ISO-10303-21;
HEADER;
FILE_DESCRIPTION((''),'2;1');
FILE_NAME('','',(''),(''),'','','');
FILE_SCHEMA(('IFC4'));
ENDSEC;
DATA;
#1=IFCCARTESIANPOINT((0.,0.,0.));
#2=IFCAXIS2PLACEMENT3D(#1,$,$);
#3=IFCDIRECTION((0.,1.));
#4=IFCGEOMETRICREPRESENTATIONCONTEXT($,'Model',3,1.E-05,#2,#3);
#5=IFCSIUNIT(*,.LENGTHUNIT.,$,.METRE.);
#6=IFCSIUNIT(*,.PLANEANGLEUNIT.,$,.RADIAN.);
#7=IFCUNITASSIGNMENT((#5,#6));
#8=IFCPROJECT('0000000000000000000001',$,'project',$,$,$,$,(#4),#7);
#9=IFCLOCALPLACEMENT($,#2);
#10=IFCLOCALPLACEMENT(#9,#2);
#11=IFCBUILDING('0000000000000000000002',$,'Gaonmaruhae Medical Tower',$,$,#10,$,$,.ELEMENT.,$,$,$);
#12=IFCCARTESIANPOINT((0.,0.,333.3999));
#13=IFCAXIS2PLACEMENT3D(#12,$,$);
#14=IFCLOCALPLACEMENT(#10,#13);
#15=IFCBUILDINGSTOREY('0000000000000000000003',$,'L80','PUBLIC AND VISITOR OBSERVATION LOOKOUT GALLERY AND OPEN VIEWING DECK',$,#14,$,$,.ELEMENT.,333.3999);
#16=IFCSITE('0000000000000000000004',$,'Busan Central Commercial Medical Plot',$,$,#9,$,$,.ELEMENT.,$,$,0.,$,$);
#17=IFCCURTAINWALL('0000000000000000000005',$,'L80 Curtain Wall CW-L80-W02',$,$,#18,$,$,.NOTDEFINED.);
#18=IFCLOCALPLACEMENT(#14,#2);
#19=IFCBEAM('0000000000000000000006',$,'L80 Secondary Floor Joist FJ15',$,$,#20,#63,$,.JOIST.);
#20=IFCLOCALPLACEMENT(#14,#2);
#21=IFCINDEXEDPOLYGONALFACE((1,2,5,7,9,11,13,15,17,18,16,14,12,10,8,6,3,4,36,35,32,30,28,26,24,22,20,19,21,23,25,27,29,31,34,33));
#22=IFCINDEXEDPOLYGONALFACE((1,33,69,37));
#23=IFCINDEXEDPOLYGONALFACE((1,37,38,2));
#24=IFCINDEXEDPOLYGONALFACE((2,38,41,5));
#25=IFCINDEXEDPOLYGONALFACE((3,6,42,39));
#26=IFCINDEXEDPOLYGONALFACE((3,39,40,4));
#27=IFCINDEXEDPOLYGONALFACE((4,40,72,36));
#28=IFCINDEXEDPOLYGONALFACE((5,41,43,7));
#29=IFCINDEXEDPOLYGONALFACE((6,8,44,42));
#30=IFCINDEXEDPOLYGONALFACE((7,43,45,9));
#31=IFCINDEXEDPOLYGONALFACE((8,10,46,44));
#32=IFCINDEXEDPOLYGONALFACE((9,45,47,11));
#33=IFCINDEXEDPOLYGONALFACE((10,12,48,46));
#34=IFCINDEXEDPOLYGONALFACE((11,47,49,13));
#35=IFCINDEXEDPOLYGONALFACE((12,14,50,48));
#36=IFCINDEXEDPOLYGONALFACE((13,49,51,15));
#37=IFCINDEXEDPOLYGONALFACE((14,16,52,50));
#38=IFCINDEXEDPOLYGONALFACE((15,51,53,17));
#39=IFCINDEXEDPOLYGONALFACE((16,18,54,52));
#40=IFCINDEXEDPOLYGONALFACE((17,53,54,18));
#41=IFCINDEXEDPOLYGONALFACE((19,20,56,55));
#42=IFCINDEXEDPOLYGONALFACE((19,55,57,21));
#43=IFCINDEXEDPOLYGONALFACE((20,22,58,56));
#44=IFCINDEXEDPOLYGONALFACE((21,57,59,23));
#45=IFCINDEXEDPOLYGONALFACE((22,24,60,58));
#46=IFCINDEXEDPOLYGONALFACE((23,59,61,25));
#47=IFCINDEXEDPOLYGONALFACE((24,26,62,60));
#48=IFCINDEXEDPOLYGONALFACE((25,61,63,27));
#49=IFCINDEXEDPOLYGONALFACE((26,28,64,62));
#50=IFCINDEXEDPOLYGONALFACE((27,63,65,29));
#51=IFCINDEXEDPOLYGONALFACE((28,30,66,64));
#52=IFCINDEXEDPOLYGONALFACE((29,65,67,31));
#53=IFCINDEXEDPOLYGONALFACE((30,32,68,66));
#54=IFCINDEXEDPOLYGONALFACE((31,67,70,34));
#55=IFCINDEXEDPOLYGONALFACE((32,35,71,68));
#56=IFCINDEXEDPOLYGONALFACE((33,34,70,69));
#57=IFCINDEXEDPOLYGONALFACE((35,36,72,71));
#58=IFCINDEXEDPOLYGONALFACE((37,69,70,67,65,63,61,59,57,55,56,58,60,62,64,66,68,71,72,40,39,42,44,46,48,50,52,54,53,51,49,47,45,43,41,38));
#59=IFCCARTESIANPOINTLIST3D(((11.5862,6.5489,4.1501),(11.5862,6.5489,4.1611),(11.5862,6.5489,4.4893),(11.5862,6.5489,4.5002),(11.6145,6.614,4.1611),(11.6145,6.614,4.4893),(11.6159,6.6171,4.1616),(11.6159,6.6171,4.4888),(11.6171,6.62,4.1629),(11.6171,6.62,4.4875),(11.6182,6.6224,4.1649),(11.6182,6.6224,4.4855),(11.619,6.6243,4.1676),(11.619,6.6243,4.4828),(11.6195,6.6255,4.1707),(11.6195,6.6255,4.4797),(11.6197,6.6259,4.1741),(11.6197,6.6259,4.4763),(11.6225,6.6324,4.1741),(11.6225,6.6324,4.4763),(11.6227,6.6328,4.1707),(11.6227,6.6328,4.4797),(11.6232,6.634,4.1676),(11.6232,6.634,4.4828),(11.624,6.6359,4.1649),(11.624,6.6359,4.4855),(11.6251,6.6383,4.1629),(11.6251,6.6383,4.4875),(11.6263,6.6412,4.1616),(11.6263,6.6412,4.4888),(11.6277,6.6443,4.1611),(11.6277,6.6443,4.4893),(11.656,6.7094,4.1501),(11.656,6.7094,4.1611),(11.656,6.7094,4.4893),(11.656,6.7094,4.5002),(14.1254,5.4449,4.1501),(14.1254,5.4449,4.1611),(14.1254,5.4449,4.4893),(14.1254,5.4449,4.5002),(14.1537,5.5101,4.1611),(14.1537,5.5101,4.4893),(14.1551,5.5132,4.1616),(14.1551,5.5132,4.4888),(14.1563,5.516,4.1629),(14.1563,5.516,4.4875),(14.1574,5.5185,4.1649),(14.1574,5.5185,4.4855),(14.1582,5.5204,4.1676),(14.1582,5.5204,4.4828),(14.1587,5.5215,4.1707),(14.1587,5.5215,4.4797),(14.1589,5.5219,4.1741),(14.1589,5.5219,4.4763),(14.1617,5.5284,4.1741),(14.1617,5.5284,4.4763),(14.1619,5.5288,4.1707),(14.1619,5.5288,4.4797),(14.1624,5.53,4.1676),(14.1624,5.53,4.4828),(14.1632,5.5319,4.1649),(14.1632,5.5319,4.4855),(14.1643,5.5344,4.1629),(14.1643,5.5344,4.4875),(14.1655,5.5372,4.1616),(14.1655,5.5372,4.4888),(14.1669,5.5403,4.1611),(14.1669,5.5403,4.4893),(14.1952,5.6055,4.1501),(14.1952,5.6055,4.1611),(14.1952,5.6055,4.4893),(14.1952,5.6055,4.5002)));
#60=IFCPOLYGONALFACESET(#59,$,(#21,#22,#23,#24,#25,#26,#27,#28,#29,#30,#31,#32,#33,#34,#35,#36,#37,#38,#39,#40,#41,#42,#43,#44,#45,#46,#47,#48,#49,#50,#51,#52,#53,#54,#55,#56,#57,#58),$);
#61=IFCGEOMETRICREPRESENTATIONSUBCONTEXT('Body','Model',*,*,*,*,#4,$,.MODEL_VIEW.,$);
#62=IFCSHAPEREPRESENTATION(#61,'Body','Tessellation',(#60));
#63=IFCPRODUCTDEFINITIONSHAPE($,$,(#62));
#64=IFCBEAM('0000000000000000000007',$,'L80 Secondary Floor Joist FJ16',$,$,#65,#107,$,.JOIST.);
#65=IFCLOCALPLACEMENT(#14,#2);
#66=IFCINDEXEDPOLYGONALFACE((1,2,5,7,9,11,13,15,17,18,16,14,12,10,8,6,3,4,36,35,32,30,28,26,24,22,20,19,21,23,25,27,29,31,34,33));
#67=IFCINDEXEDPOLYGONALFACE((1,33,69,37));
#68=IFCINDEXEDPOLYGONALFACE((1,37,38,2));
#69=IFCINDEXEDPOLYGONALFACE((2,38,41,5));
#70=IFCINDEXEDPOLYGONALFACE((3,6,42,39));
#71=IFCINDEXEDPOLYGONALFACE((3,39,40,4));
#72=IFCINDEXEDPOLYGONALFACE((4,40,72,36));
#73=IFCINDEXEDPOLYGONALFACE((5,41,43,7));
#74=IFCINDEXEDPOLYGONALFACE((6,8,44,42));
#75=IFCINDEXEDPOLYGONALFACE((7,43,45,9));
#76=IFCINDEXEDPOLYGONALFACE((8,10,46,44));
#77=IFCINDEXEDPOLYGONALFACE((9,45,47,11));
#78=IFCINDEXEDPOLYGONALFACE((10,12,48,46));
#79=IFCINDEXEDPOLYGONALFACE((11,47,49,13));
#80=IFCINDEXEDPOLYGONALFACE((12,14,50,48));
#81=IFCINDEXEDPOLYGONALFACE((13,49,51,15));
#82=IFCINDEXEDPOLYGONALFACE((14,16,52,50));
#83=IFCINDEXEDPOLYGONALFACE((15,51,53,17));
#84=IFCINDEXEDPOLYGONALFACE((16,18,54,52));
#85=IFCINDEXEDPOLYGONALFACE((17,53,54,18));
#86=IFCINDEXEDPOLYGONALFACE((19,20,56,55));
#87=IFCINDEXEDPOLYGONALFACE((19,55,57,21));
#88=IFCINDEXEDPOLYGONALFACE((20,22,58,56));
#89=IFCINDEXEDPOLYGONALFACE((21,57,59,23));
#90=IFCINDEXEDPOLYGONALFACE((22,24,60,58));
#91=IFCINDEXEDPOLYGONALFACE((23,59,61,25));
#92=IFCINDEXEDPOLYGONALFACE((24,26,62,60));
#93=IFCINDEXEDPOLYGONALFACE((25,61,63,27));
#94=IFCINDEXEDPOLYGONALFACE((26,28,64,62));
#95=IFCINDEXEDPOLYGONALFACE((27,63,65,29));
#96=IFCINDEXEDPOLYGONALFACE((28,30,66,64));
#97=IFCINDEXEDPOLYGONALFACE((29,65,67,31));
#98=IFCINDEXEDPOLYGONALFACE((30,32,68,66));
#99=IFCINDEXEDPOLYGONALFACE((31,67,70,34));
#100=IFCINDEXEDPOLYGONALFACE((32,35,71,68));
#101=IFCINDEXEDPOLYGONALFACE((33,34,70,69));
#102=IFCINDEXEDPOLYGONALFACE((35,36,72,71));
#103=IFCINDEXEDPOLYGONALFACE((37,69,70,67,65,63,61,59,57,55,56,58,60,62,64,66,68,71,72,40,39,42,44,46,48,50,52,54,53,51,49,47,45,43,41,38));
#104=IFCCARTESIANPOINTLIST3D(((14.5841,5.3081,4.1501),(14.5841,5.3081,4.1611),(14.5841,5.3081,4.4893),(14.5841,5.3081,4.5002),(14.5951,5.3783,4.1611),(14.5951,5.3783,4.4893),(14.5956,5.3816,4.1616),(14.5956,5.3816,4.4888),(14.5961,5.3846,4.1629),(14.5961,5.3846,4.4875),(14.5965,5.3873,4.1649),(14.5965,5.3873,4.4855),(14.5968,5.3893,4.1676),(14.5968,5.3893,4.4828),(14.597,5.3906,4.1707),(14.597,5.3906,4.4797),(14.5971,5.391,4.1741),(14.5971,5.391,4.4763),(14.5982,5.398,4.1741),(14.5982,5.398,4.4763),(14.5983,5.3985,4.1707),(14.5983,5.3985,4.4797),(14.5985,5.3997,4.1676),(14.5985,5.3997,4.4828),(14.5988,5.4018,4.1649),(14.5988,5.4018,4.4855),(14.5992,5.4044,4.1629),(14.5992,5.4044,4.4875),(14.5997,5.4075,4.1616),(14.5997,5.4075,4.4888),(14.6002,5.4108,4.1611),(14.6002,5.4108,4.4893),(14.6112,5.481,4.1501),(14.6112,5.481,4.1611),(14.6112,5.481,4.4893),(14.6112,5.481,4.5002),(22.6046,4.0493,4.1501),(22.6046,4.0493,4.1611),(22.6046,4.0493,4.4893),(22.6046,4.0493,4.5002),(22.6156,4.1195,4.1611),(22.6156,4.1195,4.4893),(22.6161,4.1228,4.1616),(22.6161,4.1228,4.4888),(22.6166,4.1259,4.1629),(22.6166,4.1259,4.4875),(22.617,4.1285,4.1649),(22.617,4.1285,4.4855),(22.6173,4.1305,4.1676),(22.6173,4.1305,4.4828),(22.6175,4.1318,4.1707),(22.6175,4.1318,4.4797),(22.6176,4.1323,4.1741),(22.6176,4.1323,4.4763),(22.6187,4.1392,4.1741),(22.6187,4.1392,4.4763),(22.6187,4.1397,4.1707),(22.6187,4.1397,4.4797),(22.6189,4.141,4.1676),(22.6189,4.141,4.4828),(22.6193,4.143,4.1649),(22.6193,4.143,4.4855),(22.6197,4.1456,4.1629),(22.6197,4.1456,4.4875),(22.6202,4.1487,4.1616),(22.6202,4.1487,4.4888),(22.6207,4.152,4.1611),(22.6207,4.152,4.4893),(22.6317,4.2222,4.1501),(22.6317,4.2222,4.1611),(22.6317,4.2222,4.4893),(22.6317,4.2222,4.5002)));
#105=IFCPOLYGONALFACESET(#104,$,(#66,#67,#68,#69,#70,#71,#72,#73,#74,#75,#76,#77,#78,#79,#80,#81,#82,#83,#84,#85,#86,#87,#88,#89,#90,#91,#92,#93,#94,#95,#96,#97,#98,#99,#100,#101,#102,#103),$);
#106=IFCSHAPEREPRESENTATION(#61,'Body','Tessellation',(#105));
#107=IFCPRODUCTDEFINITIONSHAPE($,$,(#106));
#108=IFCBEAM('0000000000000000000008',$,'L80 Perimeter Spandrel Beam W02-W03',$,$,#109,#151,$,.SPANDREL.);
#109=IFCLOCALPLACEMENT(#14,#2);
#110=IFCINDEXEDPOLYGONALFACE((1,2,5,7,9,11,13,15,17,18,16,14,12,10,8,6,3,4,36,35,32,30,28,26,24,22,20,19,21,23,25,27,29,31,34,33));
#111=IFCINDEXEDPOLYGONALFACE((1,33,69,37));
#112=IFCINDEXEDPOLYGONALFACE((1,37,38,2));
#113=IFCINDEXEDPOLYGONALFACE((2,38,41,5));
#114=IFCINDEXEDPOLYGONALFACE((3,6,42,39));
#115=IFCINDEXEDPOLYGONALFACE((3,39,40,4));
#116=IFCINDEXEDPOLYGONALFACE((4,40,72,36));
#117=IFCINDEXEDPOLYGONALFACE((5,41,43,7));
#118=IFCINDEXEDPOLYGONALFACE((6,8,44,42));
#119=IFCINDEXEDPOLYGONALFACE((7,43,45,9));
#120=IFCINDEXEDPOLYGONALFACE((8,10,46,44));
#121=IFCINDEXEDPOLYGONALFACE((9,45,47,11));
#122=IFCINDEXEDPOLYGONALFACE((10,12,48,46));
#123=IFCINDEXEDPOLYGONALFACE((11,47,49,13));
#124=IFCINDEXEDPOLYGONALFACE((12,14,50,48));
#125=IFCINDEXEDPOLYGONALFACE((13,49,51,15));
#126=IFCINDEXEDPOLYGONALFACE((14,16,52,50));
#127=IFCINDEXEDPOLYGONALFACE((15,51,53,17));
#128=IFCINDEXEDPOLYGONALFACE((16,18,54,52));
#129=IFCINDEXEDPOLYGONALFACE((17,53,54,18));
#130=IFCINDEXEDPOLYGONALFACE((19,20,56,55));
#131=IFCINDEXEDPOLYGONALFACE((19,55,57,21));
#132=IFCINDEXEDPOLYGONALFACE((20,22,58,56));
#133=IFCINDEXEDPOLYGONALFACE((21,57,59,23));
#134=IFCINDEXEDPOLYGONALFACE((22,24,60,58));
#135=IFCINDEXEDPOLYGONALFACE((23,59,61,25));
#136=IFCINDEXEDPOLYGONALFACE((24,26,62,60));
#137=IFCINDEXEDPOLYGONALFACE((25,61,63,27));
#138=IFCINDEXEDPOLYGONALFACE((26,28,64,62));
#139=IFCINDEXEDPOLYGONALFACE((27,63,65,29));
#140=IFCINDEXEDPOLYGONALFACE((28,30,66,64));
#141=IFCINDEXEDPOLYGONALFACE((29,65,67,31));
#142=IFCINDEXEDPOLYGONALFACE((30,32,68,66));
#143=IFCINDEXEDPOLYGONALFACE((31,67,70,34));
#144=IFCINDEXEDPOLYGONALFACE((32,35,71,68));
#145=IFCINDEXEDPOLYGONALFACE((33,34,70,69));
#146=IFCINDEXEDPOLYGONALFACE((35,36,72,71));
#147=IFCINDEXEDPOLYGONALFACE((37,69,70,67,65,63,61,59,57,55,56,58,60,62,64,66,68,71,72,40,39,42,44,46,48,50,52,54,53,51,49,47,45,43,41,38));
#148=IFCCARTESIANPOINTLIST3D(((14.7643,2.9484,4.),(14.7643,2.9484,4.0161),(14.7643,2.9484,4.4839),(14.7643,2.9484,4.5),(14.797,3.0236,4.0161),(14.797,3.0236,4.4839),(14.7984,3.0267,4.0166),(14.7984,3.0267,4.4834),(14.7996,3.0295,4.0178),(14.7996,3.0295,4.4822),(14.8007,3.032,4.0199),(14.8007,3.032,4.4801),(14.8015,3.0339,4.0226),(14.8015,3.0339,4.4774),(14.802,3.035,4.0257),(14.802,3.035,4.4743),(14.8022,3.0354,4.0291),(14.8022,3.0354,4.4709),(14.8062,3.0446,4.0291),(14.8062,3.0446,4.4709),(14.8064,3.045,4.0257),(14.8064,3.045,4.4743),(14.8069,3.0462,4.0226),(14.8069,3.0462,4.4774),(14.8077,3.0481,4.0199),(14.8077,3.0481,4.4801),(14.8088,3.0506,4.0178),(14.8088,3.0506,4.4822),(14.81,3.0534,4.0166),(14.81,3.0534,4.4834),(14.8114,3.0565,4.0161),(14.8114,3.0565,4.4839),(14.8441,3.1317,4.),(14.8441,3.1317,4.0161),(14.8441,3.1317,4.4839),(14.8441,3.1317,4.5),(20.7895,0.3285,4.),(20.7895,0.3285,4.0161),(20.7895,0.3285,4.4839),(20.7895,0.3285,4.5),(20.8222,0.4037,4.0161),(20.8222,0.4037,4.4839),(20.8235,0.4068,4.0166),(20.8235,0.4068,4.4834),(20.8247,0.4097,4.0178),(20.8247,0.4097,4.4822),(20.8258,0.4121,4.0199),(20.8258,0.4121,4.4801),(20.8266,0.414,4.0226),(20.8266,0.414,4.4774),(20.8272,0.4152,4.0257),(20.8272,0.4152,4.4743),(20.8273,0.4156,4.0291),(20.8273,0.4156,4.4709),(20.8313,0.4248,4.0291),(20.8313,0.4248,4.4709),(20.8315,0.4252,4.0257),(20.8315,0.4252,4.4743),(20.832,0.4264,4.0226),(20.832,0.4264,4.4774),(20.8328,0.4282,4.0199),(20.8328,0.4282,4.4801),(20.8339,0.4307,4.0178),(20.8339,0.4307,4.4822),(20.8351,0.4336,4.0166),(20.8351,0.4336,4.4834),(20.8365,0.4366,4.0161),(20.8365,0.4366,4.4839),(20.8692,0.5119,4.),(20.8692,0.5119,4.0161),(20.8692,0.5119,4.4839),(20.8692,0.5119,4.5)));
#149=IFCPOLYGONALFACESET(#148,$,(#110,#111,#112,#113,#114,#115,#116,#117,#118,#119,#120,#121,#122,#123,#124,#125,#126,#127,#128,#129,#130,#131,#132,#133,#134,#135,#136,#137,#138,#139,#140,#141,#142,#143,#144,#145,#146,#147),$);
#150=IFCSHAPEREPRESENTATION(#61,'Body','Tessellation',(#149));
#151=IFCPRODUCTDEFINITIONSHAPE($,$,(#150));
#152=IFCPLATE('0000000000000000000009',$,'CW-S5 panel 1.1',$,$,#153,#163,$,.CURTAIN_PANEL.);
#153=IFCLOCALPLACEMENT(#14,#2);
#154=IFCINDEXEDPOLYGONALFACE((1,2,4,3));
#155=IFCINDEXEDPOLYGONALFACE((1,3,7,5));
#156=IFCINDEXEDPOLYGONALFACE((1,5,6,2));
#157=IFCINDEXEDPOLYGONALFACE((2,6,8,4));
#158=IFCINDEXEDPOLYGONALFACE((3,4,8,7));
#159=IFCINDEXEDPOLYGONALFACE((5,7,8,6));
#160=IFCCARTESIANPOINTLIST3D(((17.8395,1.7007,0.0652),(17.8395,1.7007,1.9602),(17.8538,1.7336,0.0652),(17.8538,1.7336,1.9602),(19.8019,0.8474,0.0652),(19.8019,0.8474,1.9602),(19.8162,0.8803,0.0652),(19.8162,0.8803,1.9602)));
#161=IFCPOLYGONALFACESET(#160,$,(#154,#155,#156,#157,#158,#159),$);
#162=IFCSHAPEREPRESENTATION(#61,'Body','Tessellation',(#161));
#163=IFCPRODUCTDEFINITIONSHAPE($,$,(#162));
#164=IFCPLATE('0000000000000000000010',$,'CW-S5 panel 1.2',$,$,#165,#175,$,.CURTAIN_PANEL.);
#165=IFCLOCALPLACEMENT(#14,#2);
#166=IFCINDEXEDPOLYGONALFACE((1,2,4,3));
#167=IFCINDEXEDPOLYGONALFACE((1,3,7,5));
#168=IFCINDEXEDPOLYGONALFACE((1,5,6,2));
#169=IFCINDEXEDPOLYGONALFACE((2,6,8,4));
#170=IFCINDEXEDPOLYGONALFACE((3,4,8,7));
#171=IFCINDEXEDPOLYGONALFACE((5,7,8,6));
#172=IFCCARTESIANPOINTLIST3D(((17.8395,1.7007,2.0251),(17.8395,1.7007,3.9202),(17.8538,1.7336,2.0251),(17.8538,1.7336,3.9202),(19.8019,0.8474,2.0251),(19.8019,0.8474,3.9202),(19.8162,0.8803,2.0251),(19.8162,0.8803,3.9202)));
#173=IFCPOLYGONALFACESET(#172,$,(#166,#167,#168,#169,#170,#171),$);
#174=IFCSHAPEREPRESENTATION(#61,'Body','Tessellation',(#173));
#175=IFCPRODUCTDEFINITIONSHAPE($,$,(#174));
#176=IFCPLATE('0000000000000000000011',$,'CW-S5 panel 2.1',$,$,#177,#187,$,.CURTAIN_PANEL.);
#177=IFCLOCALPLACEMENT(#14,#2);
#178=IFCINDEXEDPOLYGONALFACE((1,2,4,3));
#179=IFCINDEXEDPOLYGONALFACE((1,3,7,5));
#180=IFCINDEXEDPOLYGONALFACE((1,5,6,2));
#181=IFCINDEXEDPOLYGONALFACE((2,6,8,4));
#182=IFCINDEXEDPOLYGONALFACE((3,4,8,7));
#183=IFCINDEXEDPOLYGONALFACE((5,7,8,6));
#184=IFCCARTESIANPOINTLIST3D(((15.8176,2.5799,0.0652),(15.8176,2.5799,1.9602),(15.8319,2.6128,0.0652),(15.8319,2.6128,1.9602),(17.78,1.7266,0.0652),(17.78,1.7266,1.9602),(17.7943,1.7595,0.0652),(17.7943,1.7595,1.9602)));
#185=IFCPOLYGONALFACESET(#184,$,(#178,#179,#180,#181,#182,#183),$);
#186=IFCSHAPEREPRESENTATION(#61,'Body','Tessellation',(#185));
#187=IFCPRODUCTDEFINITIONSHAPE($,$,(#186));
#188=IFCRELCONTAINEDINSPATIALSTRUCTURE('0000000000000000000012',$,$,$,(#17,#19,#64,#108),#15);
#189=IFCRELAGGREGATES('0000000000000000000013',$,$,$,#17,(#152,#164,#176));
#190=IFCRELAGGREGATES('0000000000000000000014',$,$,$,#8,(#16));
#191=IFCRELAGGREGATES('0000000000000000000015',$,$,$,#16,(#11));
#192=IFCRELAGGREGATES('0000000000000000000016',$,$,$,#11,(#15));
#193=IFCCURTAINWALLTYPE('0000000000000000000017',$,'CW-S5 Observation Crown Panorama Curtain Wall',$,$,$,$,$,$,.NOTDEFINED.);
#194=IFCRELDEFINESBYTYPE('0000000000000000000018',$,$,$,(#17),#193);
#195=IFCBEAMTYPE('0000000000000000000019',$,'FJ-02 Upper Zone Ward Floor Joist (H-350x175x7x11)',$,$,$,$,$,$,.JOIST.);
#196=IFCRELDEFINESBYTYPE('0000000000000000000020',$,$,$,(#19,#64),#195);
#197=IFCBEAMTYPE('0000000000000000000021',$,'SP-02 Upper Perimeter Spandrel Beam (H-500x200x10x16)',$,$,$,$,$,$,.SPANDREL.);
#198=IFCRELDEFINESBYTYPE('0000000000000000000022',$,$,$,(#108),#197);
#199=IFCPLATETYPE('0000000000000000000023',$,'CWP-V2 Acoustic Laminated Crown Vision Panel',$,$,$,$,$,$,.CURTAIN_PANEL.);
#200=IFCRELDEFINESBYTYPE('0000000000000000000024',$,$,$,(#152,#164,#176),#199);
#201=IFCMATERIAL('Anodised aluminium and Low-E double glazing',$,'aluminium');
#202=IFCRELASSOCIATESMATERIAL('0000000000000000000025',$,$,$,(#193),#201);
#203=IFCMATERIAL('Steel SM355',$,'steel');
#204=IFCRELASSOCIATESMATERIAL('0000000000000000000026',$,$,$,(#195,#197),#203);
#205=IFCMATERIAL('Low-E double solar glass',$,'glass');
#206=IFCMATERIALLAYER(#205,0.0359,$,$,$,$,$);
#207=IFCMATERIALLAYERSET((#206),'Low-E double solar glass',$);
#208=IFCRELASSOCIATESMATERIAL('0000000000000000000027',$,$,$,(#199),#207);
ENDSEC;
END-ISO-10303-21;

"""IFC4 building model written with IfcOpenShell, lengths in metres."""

from ifc_helpers import new_model, si_unit, direction, frame, origin, origin_2d, place, context, subcontext, project, spatial, rectangle, i_section, extrude, material, layer, layer_set, material_profile, profile_set, type_object, element, aggregate, save


model = new_model("IFC4")

# Units and contexts
model_context = context("Model", 3, precision=1e-05, world=origin(), true_north=direction((0.0, 1.0)))
body_context = subcontext(model_context, "Body", "Model", "MODEL_VIEW")
ifc_project = project(units=[si_unit("LENGTHUNIT", "METRE"), si_unit("PLANEANGLEUNIT", "RADIAN")], contexts=[model_context])

# Site, building, storey
site_placement = place(None, origin())
site = spatial("IfcSite", under=ifc_project, at=site_placement, Name="Busan Central Commercial Medical Plot", CompositionType="ELEMENT", RefElevation=0.0)
building_placement = place(site_placement, origin())
building = spatial("IfcBuilding", under=site, at=building_placement, Name="Gaonmaruhae Medical Tower", CompositionType="ELEMENT")
storey_placement = place(building_placement, frame((0.0, 0.0, 333.3999)))
storey = spatial("IfcBuildingStorey", under=building, at=storey_placement, Name="L80", Description="PUBLIC AND VISITOR OBSERVATION LOOKOUT GALLERY AND OPEN VIEWING DECK", CompositionType="ELEMENT", Elevation=333.3999)

# Curtain wall
ifc_material_1 = material(Name="Anodised aluminium and Low-E double glazing", Category="aluminium")
curtain_wall_type = type_object("IfcCurtainWallType", Name="CW-S5 Observation Crown Panorama Curtain Wall", PredefinedType="NOTDEFINED", material=ifc_material_1)
curtain_wall_placement = place(storey_placement, origin())
curtain_wall = element("IfcCurtainWall", 1, at=curtain_wall_placement, inside=storey, type_object=curtain_wall_type, Name="L80 Curtain Wall CW-L80-W02", PredefinedType="NOTDEFINED")

# Beams
ifc_material_2 = material(Name="Steel SM355", Category="steel")
ifc_material_profile_1 = material_profile(ifc_material_2, i_section(OverallWidth=0.175, OverallDepth=0.3501, WebThickness=0.0071, FlangeThickness=0.011, FilletRadius=0.0129, at=origin_2d()), Name="H-350x175x7x11")
ifc_profile_set_1 = profile_set([ifc_material_profile_1], Name="Steel SM355")
beam_type_1 = type_object("IfcBeamType", Name="FJ-02 Upper Zone Ward Floor Joist (H-350x175x7x11)", PredefinedType="JOIST", material=ifc_profile_set_1)
beam_1_placement = place(storey_placement, frame((11.6211, 6.6292, 4.3252), z_axis=(0.917076, -0.398713, 0.0), x_axis=(0.398713, 0.917076, 0.0)))
element("IfcBeam", 2, at=beam_1_placement, inside=storey, type_object=beam_type_1, Name="L80 Secondary Floor Joist FJ15", PredefinedType="JOIST", context=body_context, shape_type="SweptSolid", body=[
    extrude(i_section(OverallWidth=0.175, OverallDepth=0.3501, WebThickness=0.0071, FlangeThickness=0.011, FilletRadius=0.0129, at=origin_2d()), origin(), (0.0, 0.0, 1.0), 2.7688),
])
beam_2_placement = place(storey_placement, frame((14.5977, 5.3945, 4.3252), z_axis=(0.987907, -0.155048, 0.0), x_axis=(0.155048, 0.987907, 0.0)))
element("IfcBeam", 3, at=beam_2_placement, inside=storey, type_object=beam_type_1, Name="L80 Secondary Floor Joist FJ16", PredefinedType="JOIST", context=body_context, shape_type="SweptSolid", body=[
    extrude(i_section(OverallWidth=0.175, OverallDepth=0.3501, WebThickness=0.0071, FlangeThickness=0.011, FilletRadius=0.0129, at=origin_2d()), origin(), (0.0, 0.0, 1.0), 8.1187),
])
ifc_material_profile_2 = material_profile(ifc_material_2, i_section(OverallWidth=0.2, OverallDepth=0.5, WebThickness=0.01, FlangeThickness=0.0161, FilletRadius=0.0129, at=origin_2d()), Name="H-500x200x10x16")
ifc_profile_set_2 = profile_set([ifc_material_profile_2], Name="Steel SM355")
beam_type_2 = type_object("IfcBeamType", Name="SP-02 Upper Perimeter Spandrel Beam (H-500x200x10x16)", PredefinedType="SPANDREL", material=ifc_profile_set_2)
beam_3_placement = place(storey_placement, frame((14.8042, 3.04, 4.25), z_axis=(0.917056, -0.398757, 0.0), x_axis=(0.398757, 0.917056, 0.0)))
element("IfcBeam", 4, at=beam_3_placement, inside=storey, type_object=beam_type_2, Name="L80 Perimeter Spandrel Beam W02-W03", PredefinedType="SPANDREL", context=body_context, shape_type="SweptSolid", body=[
    extrude(i_section(OverallWidth=0.2, OverallDepth=0.5, WebThickness=0.01, FlangeThickness=0.0161, FilletRadius=0.0129, at=origin_2d()), origin(), (0.0, 0.0, 1.0), 6.5701),
])

# Plates
ifc_material_3 = material(Name="Low-E double solar glass", Category="glass")
ifc_layer_1 = layer(ifc_material_3, 0.0359)
ifc_layer_set_1 = layer_set([ifc_layer_1], Name="Low-E double solar glass")
plate_type_1 = type_object("IfcPlateType", Name="CWP-V2 Acoustic Laminated Crown Vision Panel", PredefinedType="CURTAIN_PANEL", material=ifc_layer_set_1)
plate_1_placement = place(storey_placement, frame((18.8279, 1.2905, 0.0652), z_axis=(0.0, 0.0, 1.0), x_axis=(-0.917055, 0.39876, 0.0)))
plate_1 = element("IfcPlate", 5, at=plate_1_placement, type_object=plate_type_1, Name="CW-S5 panel 1.1", PredefinedType="CURTAIN_PANEL", context=body_context, shape_type="SweptSolid", body=[
    extrude(rectangle(XDim=2.1399, YDim=0.0359, at=origin_2d()), origin(), (0.0, 0.0, 1.0), 1.895),
])
plate_2_placement = place(storey_placement, frame((18.8279, 1.2905, 2.0251), z_axis=(0.0, 0.0, 1.0), x_axis=(-0.917055, 0.39876, 0.0)))
plate_2 = element("IfcPlate", 6, at=plate_2_placement, type_object=plate_type_1, Name="CW-S5 panel 1.2", PredefinedType="CURTAIN_PANEL", context=body_context, shape_type="SweptSolid", body=[
    extrude(rectangle(XDim=2.1399, YDim=0.0359, at=origin_2d()), origin(), (0.0, 0.0, 1.0), 1.895),
])
plate_3_placement = place(storey_placement, frame((16.8059, 2.1697, 0.0652), z_axis=(0.0, 0.0, 1.0), x_axis=(-0.917055, 0.39876, 0.0)))
plate_3 = element("IfcPlate", 7, at=plate_3_placement, type_object=plate_type_1, Name="CW-S5 panel 2.1", PredefinedType="CURTAIN_PANEL", context=body_context, shape_type="SweptSolid", body=[
    extrude(rectangle(XDim=2.1399, YDim=0.0359, at=origin_2d()), origin(), (0.0, 0.0, 1.0), 1.895),
])
aggregate(curtain_wall, [plate_1, plate_2, plate_3])

save(model, "model.ifc")
